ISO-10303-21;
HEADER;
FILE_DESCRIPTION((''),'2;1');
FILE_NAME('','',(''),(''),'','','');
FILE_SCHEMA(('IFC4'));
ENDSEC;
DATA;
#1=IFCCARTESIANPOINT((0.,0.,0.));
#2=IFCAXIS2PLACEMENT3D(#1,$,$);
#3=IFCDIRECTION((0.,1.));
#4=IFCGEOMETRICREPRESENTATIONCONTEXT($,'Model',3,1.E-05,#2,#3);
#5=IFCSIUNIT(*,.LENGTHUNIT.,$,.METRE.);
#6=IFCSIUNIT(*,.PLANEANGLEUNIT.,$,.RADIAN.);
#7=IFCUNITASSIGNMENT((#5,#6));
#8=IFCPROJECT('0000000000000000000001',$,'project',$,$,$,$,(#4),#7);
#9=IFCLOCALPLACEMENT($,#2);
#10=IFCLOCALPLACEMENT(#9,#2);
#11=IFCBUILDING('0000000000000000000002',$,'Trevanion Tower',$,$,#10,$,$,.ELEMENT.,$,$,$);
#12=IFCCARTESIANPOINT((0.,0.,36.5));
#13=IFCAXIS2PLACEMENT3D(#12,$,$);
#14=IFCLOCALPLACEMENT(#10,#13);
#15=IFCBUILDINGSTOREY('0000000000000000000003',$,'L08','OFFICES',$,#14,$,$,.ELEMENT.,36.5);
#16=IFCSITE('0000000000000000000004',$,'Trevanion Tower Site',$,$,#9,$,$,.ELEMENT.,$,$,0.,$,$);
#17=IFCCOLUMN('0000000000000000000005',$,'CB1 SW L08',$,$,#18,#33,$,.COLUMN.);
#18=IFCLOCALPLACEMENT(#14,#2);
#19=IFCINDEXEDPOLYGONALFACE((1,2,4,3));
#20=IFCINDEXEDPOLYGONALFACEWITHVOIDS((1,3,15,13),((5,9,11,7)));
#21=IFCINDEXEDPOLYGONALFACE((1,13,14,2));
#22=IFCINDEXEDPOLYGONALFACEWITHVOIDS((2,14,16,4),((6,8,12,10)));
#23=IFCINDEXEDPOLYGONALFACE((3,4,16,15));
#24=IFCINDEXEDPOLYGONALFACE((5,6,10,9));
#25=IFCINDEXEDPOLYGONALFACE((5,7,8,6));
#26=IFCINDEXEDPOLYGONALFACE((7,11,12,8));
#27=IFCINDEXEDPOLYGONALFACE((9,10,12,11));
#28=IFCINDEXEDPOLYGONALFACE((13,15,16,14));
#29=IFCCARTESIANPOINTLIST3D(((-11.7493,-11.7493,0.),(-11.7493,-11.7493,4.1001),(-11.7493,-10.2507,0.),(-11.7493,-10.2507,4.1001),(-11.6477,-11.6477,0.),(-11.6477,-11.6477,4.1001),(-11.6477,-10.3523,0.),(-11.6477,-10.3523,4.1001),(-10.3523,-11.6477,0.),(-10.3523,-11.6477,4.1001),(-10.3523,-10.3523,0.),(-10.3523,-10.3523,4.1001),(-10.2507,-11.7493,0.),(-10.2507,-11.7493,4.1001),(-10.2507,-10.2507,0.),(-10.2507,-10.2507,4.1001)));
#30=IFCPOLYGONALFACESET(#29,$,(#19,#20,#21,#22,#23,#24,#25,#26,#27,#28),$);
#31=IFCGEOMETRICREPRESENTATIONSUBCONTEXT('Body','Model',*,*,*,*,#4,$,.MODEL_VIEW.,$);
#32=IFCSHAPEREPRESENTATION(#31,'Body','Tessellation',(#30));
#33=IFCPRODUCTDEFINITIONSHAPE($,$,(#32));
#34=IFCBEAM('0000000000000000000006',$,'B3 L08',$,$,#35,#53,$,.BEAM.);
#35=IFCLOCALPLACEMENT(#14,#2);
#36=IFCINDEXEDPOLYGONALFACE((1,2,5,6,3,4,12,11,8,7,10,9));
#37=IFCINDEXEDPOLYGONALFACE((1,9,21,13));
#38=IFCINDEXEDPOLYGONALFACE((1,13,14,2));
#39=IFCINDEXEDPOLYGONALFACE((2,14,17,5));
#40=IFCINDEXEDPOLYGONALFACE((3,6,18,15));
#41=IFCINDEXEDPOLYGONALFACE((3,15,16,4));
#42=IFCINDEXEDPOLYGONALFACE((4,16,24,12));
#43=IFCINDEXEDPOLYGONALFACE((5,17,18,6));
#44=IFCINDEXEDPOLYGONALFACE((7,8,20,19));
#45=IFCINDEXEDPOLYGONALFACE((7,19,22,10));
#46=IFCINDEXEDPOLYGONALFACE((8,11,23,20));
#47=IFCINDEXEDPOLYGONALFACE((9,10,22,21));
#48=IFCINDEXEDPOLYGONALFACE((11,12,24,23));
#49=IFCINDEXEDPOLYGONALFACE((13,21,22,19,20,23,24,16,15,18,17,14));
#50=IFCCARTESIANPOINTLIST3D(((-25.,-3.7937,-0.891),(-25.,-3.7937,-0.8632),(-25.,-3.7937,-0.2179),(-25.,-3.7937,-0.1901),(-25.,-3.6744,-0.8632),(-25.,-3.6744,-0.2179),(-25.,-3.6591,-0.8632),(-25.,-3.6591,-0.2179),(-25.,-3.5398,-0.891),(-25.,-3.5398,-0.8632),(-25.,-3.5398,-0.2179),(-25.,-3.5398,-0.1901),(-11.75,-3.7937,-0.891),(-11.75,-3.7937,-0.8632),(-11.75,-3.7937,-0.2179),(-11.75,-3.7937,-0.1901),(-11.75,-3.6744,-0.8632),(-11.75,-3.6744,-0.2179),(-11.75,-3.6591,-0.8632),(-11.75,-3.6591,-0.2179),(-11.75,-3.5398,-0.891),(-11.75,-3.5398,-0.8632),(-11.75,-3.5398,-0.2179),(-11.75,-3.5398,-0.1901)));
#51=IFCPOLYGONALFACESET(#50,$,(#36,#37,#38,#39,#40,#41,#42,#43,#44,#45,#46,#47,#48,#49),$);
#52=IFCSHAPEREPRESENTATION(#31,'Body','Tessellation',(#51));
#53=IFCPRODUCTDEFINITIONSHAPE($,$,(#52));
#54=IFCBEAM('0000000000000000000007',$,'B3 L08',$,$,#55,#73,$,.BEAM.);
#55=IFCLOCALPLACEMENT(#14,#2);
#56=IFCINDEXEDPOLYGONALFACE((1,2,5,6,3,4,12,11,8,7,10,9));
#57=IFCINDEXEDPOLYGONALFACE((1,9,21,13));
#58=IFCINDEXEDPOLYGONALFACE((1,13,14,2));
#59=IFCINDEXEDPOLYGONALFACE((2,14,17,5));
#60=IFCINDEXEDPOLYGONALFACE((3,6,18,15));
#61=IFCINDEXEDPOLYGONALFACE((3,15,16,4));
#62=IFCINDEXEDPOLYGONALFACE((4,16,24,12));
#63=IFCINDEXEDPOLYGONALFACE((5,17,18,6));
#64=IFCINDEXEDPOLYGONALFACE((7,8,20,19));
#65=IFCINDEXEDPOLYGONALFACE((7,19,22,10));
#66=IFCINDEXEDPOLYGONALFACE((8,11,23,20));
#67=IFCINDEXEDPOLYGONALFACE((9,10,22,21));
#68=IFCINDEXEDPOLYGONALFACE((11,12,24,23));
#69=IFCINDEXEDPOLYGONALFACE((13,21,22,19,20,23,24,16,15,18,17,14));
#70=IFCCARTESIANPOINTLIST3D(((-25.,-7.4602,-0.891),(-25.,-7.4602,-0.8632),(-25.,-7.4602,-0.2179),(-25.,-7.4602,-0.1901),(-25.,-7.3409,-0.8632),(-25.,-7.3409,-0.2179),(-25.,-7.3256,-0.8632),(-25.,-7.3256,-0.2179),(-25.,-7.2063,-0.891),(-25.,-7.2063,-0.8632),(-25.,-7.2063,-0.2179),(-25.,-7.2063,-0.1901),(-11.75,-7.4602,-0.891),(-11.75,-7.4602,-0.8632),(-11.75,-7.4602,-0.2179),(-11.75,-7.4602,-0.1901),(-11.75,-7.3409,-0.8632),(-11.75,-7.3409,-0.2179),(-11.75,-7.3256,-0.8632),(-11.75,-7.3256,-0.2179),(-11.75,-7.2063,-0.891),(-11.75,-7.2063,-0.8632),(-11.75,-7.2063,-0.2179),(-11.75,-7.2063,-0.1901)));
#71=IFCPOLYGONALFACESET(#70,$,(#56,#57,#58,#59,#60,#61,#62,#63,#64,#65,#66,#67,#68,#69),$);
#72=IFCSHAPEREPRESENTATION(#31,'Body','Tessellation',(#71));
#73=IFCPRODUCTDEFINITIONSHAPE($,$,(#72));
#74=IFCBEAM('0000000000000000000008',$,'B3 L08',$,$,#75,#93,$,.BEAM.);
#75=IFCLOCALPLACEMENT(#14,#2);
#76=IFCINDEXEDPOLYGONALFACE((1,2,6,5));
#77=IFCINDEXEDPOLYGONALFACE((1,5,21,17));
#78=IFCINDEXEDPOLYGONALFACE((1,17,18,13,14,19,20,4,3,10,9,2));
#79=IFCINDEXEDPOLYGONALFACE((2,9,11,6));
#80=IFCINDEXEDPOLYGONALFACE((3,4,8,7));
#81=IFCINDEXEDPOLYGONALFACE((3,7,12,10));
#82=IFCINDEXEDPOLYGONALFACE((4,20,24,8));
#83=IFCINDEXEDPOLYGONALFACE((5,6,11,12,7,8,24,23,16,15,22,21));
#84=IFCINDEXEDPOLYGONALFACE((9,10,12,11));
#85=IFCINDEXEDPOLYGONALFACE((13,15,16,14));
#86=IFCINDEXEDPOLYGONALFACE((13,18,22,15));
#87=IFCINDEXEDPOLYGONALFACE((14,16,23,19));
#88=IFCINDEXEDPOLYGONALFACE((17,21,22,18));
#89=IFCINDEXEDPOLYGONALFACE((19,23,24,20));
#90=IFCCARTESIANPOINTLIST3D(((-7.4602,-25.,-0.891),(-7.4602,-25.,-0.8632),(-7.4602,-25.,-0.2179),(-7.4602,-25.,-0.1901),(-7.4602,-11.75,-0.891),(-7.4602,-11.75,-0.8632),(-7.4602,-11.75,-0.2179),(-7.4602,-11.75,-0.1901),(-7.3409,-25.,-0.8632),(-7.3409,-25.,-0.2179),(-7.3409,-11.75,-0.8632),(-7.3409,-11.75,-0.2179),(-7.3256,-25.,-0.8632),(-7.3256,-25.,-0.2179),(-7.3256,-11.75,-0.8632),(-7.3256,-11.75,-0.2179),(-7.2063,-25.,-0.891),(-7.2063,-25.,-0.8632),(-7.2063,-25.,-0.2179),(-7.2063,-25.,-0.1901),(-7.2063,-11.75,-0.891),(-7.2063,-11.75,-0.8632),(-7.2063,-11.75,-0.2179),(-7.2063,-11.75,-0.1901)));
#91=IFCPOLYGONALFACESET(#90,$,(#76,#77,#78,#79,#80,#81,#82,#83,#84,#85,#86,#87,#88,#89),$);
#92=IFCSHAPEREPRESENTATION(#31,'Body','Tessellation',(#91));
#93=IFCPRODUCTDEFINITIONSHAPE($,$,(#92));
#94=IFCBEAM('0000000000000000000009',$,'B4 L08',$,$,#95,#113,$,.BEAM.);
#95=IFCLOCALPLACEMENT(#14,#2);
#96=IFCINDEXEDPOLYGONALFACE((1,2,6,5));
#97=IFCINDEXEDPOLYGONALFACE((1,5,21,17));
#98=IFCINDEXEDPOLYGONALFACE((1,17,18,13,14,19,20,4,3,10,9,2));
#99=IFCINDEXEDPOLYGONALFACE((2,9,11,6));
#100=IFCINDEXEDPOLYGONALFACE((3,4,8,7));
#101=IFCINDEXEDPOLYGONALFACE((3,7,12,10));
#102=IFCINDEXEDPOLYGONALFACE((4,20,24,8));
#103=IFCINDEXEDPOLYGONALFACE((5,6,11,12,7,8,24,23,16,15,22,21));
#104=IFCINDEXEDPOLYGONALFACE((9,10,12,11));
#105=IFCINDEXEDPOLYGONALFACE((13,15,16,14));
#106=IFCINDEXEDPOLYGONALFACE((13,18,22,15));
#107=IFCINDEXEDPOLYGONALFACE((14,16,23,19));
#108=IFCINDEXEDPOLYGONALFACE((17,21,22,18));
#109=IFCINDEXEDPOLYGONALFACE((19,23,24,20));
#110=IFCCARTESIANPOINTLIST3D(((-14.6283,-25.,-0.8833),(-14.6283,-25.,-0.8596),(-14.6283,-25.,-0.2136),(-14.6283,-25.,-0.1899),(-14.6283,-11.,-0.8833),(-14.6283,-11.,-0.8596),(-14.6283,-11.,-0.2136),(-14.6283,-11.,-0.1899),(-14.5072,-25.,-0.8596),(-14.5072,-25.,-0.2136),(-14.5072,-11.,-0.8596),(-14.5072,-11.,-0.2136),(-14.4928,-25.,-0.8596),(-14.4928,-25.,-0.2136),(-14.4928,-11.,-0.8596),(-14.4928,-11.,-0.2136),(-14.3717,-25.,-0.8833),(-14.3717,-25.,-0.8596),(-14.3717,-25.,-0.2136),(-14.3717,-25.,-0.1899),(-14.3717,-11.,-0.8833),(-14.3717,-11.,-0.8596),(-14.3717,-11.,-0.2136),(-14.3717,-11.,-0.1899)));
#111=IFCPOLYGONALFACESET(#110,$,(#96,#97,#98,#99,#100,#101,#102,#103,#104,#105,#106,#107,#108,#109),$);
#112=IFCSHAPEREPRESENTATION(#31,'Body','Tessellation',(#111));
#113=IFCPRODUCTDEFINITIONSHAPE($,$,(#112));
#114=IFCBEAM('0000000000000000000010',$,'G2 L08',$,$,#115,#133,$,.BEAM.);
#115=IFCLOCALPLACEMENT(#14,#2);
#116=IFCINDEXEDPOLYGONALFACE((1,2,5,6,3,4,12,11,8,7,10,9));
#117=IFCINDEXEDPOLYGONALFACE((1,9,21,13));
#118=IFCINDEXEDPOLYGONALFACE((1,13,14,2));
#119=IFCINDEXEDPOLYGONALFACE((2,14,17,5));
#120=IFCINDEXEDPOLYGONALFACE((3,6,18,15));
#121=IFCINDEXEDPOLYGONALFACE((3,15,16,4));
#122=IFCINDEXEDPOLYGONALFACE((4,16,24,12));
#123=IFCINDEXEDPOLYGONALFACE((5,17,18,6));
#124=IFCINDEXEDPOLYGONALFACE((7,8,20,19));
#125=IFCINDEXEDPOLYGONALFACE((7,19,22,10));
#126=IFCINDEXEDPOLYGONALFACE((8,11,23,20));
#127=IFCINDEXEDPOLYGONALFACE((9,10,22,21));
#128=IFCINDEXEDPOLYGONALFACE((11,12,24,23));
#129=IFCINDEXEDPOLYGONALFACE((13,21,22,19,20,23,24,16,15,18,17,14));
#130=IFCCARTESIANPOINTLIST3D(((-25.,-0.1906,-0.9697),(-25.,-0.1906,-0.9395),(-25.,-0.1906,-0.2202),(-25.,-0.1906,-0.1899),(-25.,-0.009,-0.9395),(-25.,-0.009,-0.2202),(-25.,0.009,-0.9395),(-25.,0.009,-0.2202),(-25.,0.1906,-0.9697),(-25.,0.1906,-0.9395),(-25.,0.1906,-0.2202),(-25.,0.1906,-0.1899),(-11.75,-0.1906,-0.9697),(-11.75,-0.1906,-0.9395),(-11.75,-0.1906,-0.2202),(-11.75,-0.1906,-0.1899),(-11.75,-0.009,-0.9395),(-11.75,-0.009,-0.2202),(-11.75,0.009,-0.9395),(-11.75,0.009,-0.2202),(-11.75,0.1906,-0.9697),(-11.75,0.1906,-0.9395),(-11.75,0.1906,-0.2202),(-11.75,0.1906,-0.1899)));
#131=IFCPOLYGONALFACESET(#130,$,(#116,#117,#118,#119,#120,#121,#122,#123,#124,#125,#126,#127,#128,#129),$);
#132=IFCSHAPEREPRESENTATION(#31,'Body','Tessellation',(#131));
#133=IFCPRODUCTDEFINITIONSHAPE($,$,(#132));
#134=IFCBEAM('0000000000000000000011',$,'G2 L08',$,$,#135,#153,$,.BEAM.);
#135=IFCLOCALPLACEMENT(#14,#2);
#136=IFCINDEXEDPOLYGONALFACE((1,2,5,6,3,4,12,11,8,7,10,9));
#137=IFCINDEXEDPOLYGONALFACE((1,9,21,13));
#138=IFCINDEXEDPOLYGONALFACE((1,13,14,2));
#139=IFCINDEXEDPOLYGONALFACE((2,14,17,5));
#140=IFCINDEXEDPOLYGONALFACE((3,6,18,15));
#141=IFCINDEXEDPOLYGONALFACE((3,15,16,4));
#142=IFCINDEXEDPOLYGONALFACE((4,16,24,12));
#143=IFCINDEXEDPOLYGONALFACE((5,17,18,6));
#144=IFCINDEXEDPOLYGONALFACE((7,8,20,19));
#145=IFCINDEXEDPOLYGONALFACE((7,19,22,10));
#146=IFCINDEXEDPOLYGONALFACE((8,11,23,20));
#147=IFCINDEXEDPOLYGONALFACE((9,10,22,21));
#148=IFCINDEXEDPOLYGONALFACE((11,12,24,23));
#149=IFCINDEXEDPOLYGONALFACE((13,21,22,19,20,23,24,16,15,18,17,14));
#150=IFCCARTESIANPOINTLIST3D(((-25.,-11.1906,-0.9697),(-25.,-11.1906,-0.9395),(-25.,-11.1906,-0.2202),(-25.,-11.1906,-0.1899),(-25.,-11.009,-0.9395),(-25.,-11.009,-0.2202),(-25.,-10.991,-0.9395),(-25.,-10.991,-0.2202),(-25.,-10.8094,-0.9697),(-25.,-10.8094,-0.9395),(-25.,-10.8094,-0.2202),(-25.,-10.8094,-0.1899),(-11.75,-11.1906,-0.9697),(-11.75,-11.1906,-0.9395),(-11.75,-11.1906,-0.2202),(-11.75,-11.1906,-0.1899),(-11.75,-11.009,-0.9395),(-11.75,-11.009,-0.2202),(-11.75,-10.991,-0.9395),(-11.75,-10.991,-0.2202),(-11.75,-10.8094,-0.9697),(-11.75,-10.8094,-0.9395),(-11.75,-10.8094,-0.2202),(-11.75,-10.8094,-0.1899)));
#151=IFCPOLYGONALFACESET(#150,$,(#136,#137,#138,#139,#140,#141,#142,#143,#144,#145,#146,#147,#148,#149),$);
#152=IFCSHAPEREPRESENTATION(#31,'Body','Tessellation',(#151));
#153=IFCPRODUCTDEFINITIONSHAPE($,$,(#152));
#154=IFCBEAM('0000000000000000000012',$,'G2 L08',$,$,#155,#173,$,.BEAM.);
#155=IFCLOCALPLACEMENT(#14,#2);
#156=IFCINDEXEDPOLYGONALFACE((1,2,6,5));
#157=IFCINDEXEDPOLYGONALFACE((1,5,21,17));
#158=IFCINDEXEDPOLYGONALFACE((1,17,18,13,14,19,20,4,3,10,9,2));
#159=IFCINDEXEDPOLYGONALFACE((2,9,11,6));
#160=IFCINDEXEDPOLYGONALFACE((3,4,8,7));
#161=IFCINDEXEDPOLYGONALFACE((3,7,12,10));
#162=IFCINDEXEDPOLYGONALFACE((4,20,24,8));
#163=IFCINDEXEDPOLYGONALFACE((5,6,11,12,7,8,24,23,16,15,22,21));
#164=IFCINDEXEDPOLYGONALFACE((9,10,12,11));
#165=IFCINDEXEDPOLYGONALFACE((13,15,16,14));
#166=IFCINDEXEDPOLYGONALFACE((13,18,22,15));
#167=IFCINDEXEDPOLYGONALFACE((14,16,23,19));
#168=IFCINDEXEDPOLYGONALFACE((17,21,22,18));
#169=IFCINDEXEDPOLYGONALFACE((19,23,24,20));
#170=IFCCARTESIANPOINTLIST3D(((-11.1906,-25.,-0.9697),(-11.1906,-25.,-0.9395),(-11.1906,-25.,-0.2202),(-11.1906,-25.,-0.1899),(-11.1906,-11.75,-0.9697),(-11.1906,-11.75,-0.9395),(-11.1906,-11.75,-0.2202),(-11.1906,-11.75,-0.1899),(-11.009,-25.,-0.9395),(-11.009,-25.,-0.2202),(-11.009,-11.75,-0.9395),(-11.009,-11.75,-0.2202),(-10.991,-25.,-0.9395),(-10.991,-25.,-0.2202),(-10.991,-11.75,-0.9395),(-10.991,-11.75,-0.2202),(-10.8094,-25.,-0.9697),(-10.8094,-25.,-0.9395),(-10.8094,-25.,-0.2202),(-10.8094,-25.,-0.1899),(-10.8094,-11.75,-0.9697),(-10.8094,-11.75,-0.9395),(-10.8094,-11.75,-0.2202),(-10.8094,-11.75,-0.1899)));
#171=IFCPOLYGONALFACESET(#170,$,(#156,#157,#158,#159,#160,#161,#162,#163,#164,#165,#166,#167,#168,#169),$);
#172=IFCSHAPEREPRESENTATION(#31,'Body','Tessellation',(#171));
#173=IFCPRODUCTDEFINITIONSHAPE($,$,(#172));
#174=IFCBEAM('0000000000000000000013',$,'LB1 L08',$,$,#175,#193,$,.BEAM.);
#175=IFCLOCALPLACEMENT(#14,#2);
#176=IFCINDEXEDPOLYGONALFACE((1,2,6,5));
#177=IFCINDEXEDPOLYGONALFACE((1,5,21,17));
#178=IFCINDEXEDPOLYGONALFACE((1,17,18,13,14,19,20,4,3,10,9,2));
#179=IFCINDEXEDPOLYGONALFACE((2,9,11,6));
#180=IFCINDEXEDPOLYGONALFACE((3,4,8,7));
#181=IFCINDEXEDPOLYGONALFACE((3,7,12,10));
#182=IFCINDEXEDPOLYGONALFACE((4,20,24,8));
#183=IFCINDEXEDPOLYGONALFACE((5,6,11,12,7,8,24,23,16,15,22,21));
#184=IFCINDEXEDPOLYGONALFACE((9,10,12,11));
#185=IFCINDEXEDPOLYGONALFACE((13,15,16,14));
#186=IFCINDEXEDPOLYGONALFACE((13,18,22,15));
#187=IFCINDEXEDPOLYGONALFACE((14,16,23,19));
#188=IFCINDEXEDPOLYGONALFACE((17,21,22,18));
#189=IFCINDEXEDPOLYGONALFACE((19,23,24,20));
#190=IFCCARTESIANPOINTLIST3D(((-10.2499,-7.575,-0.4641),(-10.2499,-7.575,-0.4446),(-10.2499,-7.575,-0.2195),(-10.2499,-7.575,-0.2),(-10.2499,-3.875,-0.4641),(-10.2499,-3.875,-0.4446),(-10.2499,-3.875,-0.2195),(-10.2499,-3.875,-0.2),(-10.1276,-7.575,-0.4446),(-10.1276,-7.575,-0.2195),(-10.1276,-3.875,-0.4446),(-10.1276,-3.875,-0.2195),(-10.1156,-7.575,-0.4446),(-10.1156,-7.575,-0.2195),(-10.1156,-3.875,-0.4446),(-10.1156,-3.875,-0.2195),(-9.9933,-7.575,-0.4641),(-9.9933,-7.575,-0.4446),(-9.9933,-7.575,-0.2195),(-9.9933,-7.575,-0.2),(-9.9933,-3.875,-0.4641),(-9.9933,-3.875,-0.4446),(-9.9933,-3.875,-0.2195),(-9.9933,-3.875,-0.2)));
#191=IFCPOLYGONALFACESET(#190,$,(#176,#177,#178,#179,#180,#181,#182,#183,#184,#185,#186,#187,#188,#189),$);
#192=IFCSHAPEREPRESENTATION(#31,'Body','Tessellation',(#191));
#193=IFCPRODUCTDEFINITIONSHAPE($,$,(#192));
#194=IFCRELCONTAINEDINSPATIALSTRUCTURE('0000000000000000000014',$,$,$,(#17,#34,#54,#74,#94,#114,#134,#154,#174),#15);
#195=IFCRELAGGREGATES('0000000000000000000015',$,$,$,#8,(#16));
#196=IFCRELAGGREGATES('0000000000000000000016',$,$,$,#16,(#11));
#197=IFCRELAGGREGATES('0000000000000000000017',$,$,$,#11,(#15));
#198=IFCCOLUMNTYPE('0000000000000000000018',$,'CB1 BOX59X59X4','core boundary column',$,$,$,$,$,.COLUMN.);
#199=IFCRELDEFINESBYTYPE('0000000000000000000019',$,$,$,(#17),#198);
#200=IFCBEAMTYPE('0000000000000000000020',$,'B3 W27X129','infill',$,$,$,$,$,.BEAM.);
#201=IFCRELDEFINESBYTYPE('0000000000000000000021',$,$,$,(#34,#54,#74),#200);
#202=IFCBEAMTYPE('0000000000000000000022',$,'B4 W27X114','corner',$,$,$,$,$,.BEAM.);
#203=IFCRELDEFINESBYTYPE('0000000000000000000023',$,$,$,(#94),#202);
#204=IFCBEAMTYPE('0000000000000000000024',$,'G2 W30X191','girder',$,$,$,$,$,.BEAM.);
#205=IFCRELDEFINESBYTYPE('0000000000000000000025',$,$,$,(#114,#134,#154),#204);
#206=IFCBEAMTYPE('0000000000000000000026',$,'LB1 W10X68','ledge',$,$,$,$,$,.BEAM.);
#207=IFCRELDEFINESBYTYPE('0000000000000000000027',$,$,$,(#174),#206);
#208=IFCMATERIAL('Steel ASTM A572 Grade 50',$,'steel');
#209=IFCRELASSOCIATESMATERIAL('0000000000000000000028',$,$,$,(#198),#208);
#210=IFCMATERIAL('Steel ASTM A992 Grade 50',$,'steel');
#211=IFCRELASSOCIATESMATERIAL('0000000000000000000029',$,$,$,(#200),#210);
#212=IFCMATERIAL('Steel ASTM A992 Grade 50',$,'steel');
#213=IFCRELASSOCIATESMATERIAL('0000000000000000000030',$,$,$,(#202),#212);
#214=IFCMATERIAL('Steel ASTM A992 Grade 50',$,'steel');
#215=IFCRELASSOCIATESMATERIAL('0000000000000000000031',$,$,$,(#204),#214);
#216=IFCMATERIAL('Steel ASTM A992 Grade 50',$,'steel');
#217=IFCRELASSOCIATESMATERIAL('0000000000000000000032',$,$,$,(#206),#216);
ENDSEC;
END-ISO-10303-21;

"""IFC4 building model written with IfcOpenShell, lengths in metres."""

from ifc_helpers import new_model, si_unit, direction, frame, origin, origin_2d, place, context, subcontext, project, spatial, hollow_rectangle, i_section, extrude, material, material_profile, profile_set, type_object, element, save


model = new_model("IFC4")

# Units and contexts
model_context = context("Model", 3, precision=1e-05, world=origin(), true_north=direction((0.0, 1.0)))
body_context = subcontext(model_context, "Body", "Model", "MODEL_VIEW")
ifc_project = project(units=[si_unit("LENGTHUNIT", "METRE"), si_unit("PLANEANGLEUNIT", "RADIAN")], contexts=[model_context])

# Site, building, storey
site_placement = place(None, origin())
site = spatial("IfcSite", under=ifc_project, at=site_placement, Name="Trevanion Tower Site", CompositionType="ELEMENT", RefElevation=0.0)
building_placement = place(site_placement, origin())
building = spatial("IfcBuilding", under=site, at=building_placement, Name="Trevanion Tower", CompositionType="ELEMENT")
storey_placement = place(building_placement, frame((0.0, 0.0, 36.5)))
storey = spatial("IfcBuildingStorey", under=building, at=storey_placement, Name="L08", Description="OFFICES", CompositionType="ELEMENT", Elevation=36.5)

# Column
ifc_material_1 = material(Name="Steel ASTM A572 Grade 50", Category="steel")
ifc_material_profile_1 = material_profile(ifc_material_1, hollow_rectangle(XDim=1.4985, YDim=1.4985, WallThickness=0.1016, at=origin_2d()), Name="BOX59X59X4")
ifc_profile_set_1 = profile_set([ifc_material_profile_1], Name="Steel ASTM A572 Grade 50")
column_type = type_object("IfcColumnType", Name="CB1 BOX59X59X4", Description="core boundary column", PredefinedType="COLUMN", material=ifc_profile_set_1)
column_placement = place(storey_placement, frame((-11.0, -11.0, 0.0), z_axis=(0.0, 0.0, 1.0), x_axis=(1.0, 0.0, 0.0)))
element("IfcColumn", 1, at=column_placement, inside=storey, type_object=column_type, Name="CB1 SW L08", PredefinedType="COLUMN", context=body_context, shape_type="SweptSolid", body=[
    extrude(hollow_rectangle(XDim=1.4985, YDim=1.4985, WallThickness=0.1016, at=origin_2d()), origin(), (0.0, 0.0, 1.0), 4.1001),
])

# Beams
ifc_material_2 = material(Name="Steel ASTM A992 Grade 50", Category="steel")
ifc_material_profile_2 = material_profile(ifc_material_2, i_section(OverallWidth=0.2539, OverallDepth=0.7009, WebThickness=0.0154, FlangeThickness=0.0278, at=origin_2d()), Name="W27X129")
ifc_profile_set_2 = profile_set([ifc_material_profile_2], Name="Steel ASTM A992 Grade 50")
beam_type_1 = type_object("IfcBeamType", Name="B3 W27X129", Description="infill", PredefinedType="BEAM", material=ifc_profile_set_2)
for number, where, z_axis, x_axis, name in (
    (2, (-11.75, -3.6667, -0.5405), (-1.0, 0.0, 0.0), (0.0, -1.0, 0.0), "B3 L08"),
    (3, (-11.75, -7.3333, -0.5405), (-1.0, 0.0, 0.0), (0.0, -1.0, 0.0), "B3 L08"),
    (4, (-7.3333, -11.75, -0.5405), (0.0, -1.0, 0.0), (1.0, 0.0, 0.0), "B3 L08"),
):
    element("IfcBeam", number, at=place(storey_placement, frame(where, z_axis=z_axis, x_axis=x_axis)), inside=storey, type_object=beam_type_1, Name=name, PredefinedType="BEAM", context=body_context, shape_type="SweptSolid", body=[
        extrude(i_section(OverallWidth=0.2539, OverallDepth=0.7009, WebThickness=0.0154, FlangeThickness=0.0278, at=origin_2d()), origin(), (0.0, 0.0, 1.0), 13.25),
    ])
ifc_material_3 = material(Name="Steel ASTM A992 Grade 50", Category="steel")
ifc_material_profile_3 = material_profile(ifc_material_3, i_section(OverallWidth=0.2566, OverallDepth=0.6934, WebThickness=0.0144, FlangeThickness=0.0237, at=origin_2d()), Name="W27X114")
ifc_profile_set_3 = profile_set([ifc_material_profile_3], Name="Steel ASTM A992 Grade 50")
beam_type_2 = type_object("IfcBeamType", Name="B4 W27X114", Description="corner", PredefinedType="BEAM", material=ifc_profile_set_3)
beam_placement = place(storey_placement, frame((-14.5, -11.0, -0.5366), z_axis=(0.0, -1.0, 0.0), x_axis=(1.0, 0.0, 0.0)))
element("IfcBeam", 5, at=beam_placement, inside=storey, type_object=beam_type_2, Name="B4 L08", PredefinedType="BEAM", context=body_context, shape_type="SweptSolid", body=[
    extrude(i_section(OverallWidth=0.2566, OverallDepth=0.6934, WebThickness=0.0144, FlangeThickness=0.0237, at=origin_2d()), origin(), (0.0, 0.0, 1.0), 14.0),
])
ifc_material_4 = material(Name="Steel ASTM A992 Grade 50", Category="steel")
ifc_material_profile_4 = material_profile(ifc_material_4, i_section(OverallWidth=0.3811, OverallDepth=0.7798, WebThickness=0.0181, FlangeThickness=0.0303, at=origin_2d()), Name="W30X191")
ifc_profile_set_4 = profile_set([ifc_material_profile_4], Name="Steel ASTM A992 Grade 50")
beam_type_3 = type_object("IfcBeamType", Name="G2 W30X191", Description="girder", PredefinedType="BEAM", material=ifc_profile_set_4)
for number, where, z_axis, x_axis, name in (
    (6, (-11.75, 0.0, -0.5798), (-1.0, 0.0, 0.0), (0.0, -1.0, 0.0), "G2 L08"),
    (7, (-11.75, -11.0, -0.5798), (-1.0, 0.0, 0.0), (0.0, -1.0, 0.0), "G2 L08"),
    (8, (-11.0, -11.75, -0.5798), (0.0, -1.0, 0.0), (1.0, 0.0, 0.0), "G2 L08"),
):
    element("IfcBeam", number, at=place(storey_placement, frame(where, z_axis=z_axis, x_axis=x_axis)), inside=storey, type_object=beam_type_3, Name=name, PredefinedType="BEAM", context=body_context, shape_type="SweptSolid", body=[
        extrude(i_section(OverallWidth=0.3811, OverallDepth=0.7798, WebThickness=0.0181, FlangeThickness=0.0303, at=origin_2d()), origin(), (0.0, 0.0, 1.0), 13.25),
    ])
ifc_material_5 = material(Name="Steel ASTM A992 Grade 50", Category="steel")
ifc_material_profile_5 = material_profile(ifc_material_5, i_section(OverallWidth=0.2566, OverallDepth=0.2642, WebThickness=0.012, FlangeThickness=0.0195, at=origin_2d()), Name="W10X68")
ifc_profile_set_5 = profile_set([ifc_material_profile_5], Name="Steel ASTM A992 Grade 50")
beam_type_4 = type_object("IfcBeamType", Name="LB1 W10X68", Description="ledge", PredefinedType="BEAM", material=ifc_profile_set_5)
for number, where, z_axis, x_axis, name in (
    (9, (-10.1216, -7.575, -0.332), (0.0, 1.0, 0.0), (-1.0, 0.0, 0.0), "LB1 L08"),
):
    element("IfcBeam", number, at=place(storey_placement, frame(where, z_axis=z_axis, x_axis=x_axis)), inside=storey, type_object=beam_type_4, Name=name, PredefinedType="BEAM", context=body_context, shape_type="SweptSolid", body=[
        extrude(i_section(OverallWidth=0.2566, OverallDepth=0.2642, WebThickness=0.012, FlangeThickness=0.0195, at=origin_2d()), origin(), (0.0, 0.0, 1.0), 3.7),
    ])

save(model, "model.ifc")
